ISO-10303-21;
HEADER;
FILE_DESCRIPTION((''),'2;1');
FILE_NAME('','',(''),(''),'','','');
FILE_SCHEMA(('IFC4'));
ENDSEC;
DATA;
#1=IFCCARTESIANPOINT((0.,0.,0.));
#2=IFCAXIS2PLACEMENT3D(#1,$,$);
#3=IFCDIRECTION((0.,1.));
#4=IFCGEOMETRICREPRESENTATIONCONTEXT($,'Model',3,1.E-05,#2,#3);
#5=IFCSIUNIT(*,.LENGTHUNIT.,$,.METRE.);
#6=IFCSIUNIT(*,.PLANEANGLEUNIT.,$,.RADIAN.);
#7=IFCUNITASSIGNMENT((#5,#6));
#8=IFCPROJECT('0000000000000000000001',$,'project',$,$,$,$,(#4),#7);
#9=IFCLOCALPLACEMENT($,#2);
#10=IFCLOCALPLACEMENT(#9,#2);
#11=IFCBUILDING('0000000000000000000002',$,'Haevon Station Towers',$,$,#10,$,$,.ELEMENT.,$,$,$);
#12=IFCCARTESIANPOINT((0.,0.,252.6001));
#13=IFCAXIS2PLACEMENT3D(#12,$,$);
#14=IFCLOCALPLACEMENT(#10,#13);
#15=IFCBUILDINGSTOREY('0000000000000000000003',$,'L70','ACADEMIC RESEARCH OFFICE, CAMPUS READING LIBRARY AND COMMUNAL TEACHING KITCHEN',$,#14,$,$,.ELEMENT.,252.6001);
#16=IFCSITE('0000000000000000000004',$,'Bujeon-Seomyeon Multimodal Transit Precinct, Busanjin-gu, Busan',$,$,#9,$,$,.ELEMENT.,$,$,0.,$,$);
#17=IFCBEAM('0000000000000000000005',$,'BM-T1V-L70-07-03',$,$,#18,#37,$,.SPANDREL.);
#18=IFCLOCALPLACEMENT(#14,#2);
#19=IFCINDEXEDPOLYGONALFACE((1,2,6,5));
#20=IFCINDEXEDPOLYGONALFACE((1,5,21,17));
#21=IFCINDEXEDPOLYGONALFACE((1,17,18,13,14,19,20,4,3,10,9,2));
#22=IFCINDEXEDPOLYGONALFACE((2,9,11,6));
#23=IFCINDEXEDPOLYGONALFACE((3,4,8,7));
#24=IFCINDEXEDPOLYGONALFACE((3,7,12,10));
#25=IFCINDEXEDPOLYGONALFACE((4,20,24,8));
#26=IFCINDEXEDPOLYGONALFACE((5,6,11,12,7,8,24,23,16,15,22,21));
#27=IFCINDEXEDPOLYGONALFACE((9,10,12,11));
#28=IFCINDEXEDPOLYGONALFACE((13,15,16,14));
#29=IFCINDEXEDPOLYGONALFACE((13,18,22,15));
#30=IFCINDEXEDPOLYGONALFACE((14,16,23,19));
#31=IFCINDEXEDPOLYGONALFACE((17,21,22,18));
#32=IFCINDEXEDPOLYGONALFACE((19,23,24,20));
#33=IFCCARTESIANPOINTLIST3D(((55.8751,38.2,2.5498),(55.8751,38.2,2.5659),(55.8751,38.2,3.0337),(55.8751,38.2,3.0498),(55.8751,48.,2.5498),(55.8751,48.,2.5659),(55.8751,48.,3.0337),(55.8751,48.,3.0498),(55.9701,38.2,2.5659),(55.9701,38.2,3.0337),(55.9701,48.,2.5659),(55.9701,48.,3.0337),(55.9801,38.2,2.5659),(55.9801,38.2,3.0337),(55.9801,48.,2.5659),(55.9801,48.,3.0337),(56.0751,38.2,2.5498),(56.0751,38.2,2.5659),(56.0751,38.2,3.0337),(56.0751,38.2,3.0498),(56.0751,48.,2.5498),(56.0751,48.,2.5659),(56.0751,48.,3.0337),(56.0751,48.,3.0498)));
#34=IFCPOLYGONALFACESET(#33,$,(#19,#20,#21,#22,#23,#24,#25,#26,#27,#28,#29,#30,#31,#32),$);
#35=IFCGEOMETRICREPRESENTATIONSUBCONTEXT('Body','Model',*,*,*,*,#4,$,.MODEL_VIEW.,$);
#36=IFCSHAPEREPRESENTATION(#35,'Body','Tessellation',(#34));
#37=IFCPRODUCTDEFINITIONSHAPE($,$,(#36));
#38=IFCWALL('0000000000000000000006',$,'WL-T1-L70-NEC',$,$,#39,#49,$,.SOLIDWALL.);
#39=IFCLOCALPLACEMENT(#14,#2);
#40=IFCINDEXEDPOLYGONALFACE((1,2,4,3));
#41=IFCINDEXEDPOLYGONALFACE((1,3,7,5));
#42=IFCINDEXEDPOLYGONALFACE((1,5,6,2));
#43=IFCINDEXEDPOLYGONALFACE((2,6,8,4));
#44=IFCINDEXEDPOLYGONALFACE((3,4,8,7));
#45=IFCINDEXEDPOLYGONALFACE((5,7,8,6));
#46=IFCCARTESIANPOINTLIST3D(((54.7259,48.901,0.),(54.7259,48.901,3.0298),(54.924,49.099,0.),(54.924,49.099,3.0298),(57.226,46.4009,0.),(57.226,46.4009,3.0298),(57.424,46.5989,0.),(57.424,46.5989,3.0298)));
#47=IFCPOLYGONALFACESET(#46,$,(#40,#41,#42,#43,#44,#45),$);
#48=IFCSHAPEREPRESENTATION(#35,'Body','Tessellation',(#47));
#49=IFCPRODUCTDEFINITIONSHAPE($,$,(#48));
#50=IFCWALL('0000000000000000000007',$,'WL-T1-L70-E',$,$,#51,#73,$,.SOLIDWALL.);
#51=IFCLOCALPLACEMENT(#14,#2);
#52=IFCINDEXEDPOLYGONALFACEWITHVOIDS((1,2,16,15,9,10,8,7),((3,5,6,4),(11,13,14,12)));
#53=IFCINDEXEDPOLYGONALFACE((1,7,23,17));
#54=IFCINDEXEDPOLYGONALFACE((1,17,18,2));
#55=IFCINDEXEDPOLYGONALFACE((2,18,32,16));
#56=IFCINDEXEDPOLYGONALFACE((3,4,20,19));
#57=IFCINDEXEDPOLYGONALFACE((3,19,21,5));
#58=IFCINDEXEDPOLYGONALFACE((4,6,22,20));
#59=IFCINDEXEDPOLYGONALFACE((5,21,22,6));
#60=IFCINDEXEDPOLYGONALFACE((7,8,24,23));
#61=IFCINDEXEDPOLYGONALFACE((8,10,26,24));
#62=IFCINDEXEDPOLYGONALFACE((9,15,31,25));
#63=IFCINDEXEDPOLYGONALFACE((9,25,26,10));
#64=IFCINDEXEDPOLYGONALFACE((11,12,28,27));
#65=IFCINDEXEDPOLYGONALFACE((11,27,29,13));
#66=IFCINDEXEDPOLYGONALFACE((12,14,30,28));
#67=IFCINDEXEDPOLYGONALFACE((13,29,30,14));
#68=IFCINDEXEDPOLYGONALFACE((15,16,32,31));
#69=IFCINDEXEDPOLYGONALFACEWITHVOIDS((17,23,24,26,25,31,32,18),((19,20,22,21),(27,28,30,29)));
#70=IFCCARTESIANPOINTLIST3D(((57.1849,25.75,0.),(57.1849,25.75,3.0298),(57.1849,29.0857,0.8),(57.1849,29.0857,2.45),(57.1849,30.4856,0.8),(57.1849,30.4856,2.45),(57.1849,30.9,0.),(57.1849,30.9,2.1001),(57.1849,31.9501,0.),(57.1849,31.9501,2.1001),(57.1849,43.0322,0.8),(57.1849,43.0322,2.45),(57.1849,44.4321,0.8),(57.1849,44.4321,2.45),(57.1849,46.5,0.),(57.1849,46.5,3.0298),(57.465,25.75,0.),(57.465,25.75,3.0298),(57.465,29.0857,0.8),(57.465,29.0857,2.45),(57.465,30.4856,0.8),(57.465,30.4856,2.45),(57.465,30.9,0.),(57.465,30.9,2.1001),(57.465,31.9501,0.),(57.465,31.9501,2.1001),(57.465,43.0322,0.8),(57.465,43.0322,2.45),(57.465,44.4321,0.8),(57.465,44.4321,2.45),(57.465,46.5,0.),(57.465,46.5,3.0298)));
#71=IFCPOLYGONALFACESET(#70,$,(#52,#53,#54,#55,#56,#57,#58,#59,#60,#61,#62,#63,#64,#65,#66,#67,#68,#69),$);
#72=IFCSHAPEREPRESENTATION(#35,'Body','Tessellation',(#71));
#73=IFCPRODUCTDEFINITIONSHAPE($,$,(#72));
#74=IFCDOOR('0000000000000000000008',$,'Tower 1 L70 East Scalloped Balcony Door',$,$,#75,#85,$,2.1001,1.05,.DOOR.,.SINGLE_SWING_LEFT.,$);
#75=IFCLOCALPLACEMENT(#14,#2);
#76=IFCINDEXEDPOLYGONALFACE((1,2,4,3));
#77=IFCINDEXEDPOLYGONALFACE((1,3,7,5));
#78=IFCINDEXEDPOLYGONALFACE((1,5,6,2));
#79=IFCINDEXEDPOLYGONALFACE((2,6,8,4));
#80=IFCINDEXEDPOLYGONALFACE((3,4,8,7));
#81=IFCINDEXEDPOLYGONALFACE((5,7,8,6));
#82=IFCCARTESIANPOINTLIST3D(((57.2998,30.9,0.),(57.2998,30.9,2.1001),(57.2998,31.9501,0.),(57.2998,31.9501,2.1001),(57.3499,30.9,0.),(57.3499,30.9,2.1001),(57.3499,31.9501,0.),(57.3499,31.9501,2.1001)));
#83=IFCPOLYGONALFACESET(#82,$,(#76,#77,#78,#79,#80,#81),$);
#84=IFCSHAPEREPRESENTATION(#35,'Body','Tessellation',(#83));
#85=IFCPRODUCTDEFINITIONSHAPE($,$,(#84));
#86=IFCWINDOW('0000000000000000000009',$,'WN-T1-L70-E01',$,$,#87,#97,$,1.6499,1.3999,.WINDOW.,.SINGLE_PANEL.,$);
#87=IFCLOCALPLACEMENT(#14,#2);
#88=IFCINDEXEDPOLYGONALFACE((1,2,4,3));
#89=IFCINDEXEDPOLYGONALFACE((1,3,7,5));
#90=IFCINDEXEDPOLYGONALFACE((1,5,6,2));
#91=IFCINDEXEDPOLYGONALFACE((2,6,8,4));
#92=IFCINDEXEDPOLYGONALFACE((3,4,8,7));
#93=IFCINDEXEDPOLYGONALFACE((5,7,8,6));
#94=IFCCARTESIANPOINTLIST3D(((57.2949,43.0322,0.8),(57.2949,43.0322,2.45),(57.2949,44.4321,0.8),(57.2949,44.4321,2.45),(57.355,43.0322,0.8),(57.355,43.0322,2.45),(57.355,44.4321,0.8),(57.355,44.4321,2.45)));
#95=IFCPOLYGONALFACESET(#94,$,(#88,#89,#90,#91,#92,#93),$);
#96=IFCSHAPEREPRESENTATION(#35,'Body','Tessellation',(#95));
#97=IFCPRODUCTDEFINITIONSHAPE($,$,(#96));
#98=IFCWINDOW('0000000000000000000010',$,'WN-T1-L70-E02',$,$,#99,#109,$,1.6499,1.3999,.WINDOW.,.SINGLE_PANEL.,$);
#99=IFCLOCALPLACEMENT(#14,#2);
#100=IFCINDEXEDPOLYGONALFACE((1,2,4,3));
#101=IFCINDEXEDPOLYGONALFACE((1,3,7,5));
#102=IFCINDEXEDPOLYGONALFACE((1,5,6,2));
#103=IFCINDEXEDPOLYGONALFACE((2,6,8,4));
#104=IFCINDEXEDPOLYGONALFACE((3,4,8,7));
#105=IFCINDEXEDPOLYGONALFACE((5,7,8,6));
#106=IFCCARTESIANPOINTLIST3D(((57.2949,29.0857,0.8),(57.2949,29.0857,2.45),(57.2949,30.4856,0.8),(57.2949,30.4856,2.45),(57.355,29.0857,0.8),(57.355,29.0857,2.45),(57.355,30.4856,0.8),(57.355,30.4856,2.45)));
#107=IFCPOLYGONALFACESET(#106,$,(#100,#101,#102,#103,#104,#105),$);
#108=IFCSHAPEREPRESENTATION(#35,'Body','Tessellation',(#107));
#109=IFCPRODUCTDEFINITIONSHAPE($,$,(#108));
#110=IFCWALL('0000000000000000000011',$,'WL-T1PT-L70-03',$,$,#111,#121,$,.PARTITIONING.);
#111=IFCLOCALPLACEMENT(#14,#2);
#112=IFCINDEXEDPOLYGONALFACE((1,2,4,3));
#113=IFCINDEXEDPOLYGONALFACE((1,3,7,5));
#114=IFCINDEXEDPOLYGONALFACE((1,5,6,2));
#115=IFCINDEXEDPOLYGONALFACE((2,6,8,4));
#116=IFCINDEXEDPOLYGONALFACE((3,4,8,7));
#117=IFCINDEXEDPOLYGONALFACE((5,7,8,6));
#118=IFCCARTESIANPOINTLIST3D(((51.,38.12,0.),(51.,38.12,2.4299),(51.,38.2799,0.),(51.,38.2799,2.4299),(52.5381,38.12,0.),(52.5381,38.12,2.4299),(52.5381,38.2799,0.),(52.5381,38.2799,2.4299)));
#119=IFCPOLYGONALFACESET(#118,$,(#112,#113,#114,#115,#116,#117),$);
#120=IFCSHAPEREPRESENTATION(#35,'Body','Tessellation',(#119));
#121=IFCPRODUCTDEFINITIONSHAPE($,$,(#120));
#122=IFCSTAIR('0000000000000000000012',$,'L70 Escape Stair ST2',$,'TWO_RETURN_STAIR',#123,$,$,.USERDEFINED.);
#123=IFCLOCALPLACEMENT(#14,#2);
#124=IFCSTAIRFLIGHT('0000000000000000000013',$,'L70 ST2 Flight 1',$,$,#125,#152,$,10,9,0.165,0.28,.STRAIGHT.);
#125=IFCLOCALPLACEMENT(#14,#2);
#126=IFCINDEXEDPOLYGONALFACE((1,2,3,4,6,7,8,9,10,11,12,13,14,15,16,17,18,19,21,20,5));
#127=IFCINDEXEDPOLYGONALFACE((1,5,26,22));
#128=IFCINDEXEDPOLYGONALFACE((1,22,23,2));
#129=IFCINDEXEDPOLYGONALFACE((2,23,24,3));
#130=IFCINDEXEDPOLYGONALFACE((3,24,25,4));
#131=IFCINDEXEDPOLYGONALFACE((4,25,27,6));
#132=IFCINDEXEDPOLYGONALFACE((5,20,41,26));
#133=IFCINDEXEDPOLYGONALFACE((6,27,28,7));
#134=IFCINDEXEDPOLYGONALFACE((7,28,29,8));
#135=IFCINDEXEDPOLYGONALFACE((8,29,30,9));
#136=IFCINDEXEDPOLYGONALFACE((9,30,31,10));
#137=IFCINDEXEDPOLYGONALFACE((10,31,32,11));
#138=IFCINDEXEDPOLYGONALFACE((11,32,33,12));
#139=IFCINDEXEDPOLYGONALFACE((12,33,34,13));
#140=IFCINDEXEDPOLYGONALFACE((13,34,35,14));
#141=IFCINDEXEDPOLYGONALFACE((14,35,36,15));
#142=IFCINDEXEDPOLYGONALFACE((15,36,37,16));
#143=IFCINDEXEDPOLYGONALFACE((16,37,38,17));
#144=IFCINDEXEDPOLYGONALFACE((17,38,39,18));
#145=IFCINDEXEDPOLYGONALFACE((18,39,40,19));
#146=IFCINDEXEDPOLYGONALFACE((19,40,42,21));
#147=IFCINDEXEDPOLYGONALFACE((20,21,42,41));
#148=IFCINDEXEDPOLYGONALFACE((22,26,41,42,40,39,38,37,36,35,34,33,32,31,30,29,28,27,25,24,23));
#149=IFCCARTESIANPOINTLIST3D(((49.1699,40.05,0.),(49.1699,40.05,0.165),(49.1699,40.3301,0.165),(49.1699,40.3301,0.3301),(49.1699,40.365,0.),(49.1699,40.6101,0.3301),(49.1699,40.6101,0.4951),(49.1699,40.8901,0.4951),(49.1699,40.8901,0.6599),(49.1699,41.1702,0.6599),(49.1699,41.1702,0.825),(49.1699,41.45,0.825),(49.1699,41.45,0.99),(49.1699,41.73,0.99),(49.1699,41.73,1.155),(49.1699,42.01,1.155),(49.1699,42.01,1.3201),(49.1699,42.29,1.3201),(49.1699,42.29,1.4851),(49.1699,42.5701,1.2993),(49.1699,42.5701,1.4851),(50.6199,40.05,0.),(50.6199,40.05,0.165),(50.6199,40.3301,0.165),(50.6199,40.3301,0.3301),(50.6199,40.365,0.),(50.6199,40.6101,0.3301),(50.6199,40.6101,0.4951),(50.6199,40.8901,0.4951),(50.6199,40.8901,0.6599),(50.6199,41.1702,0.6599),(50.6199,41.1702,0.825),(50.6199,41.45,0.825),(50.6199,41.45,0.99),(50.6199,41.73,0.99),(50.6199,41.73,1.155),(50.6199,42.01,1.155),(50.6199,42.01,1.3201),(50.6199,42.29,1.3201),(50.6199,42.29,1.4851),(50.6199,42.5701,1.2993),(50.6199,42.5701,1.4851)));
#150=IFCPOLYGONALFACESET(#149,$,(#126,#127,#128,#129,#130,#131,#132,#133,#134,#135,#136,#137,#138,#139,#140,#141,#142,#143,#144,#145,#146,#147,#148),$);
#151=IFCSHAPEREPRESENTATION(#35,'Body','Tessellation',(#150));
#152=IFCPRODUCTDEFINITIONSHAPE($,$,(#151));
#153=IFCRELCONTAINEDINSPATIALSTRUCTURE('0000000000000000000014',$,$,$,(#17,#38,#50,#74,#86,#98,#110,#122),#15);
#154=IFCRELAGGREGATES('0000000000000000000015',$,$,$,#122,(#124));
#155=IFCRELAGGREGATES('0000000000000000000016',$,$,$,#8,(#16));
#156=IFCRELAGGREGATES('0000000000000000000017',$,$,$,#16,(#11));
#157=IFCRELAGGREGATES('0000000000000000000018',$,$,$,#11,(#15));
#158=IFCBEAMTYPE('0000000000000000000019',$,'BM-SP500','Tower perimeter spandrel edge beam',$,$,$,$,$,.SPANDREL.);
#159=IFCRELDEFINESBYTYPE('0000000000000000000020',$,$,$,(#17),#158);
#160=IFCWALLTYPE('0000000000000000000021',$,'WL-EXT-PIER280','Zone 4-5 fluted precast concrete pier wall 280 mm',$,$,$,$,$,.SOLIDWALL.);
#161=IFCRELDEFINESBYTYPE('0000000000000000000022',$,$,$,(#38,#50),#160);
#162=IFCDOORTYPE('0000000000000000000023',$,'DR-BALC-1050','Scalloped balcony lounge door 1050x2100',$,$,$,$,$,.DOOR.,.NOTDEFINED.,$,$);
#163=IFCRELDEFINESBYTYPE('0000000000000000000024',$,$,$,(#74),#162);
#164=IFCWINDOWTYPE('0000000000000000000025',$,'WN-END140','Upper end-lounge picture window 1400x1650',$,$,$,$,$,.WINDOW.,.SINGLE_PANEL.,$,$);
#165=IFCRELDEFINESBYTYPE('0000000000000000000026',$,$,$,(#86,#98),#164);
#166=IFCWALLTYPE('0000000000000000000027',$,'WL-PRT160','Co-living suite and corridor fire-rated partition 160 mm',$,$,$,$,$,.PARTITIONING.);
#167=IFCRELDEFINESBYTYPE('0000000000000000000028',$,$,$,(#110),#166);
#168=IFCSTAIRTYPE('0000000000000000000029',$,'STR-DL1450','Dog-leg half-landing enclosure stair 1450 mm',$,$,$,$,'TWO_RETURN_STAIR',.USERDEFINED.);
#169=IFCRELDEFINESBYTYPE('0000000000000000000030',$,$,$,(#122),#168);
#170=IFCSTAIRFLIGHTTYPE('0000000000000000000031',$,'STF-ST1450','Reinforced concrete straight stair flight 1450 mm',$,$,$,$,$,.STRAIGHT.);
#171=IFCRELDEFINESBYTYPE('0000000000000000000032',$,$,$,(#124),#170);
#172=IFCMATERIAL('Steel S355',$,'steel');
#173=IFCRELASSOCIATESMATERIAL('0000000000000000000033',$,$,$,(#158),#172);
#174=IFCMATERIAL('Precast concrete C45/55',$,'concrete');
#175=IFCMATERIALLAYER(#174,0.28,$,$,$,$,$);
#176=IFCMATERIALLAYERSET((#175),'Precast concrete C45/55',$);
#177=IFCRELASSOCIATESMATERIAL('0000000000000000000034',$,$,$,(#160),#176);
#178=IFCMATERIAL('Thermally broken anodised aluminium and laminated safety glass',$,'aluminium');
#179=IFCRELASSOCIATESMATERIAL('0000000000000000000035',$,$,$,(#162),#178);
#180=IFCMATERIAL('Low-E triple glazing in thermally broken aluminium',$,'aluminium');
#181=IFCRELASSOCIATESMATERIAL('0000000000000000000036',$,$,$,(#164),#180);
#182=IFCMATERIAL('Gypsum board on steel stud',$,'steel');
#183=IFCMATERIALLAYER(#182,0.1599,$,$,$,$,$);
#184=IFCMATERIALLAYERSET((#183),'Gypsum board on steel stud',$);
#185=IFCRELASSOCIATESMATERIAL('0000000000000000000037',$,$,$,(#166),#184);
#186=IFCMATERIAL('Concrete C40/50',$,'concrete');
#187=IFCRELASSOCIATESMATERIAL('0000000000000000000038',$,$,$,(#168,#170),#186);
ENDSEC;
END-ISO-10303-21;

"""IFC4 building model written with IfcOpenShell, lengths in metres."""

from ifc_helpers import new_model, si_unit, direction, frame, frame_2d, origin, origin_2d, place, context, subcontext, project, spatial, polyline, rectangle, i_section, outline, extrude, material, layer, layer_set, material_profile, profile_set, type_object, element, fill, aggregate, save


model = new_model("IFC4")

# Units and contexts
model_context = context("Model", 3, precision=1e-05, world=origin(), true_north=direction((0.0, 1.0)))
body_context = subcontext(model_context, "Body", "Model", "MODEL_VIEW")
ifc_project = project(units=[si_unit("LENGTHUNIT", "METRE"), si_unit("PLANEANGLEUNIT", "RADIAN")], contexts=[model_context])

# Site, building, storey
site_placement = place(None, origin())
site = spatial("IfcSite", under=ifc_project, at=site_placement, Name="Bujeon-Seomyeon Multimodal Transit Precinct, Busanjin-gu, Busan", CompositionType="ELEMENT", RefElevation=0.0)
building_placement = place(site_placement, origin())
building = spatial("IfcBuilding", under=site, at=building_placement, Name="Haevon Station Towers", CompositionType="ELEMENT")
storey_placement = place(building_placement, frame((0.0, 0.0, 252.6001)))
storey = spatial("IfcBuildingStorey", under=building, at=storey_placement, Name="L70", Description="ACADEMIC RESEARCH OFFICE, CAMPUS READING LIBRARY AND COMMUNAL TEACHING KITCHEN", CompositionType="ELEMENT", Elevation=252.6001)

# Shared definitions
ifc_material_1 = material(Name="Steel S355", Category="steel")

# Beam
ifc_material_profile_1 = material_profile(ifc_material_1, i_section(OverallWidth=0.2, OverallDepth=0.5, WebThickness=0.01, FlangeThickness=0.0161, at=origin_2d()), Name="H-500x200x10x16")
ifc_profile_set_1 = profile_set([ifc_material_profile_1], Name="Steel S355")
beam_type_1 = type_object("IfcBeamType", Name="BM-SP500", Description="Tower perimeter spandrel edge beam", PredefinedType="SPANDREL", material=ifc_profile_set_1)
beam_1_placement = place(storey_placement, frame((55.9751, 38.2, 2.7998), z_axis=(0.0, 1.0, 0.0), x_axis=(-1.0, 0.0, 0.0)))
element("IfcBeam", 1, at=beam_1_placement, inside=storey, type_object=beam_type_1, Name="BM-T1V-L70-07-03", PredefinedType="SPANDREL", context=body_context, shape_type="SweptSolid", body=[
    extrude(i_section(OverallWidth=0.2, OverallDepth=0.5, WebThickness=0.01, FlangeThickness=0.0161, at=origin_2d()), origin(), (0.0, 0.0, 1.0), 9.8),
])

# Wall
ifc_material_2 = material(Name="Precast concrete C45/55", Category="concrete")
ifc_layer_1 = layer(ifc_material_2, 0.28)
ifc_layer_set_1 = layer_set([ifc_layer_1], Name="Precast concrete C45/55")
wall_type_1 = type_object("IfcWallType", Name="WL-EXT-PIER280", Description="Zone 4-5 fluted precast concrete pier wall 280 mm", PredefinedType="SOLIDWALL", material=ifc_layer_set_1)
wall_1_placement = place(storey_placement, frame((54.825, 49.0, 0.0), z_axis=(0.0, 0.0, 1.0), x_axis=(0.707107, -0.707107, 0.0)))
element("IfcWall", 2, at=wall_1_placement, inside=storey, type_object=wall_type_1, Name="WL-T1-L70-NEC", PredefinedType="SOLIDWALL", context=body_context, shape_type="SweptSolid", body=[
    extrude(rectangle(XDim=3.5356, YDim=0.28, at=frame_2d((1.7678, 0.0))), origin(), (0.0, 0.0, 1.0), 3.0298),
])

# Wall, openings, door, windows
wall_2_placement = place(storey_placement, frame((57.325, 46.5, 0.0), z_axis=(0.0, 0.0, 1.0), x_axis=(0.0, -1.0, 0.0)))
wall_2 = element("IfcWall", 3, at=wall_2_placement, inside=storey, type_object=wall_type_1, Name="WL-T1-L70-E", PredefinedType="SOLIDWALL", context=body_context, shape_type="SweptSolid", body=[
    extrude(rectangle(XDim=20.75, YDim=0.28, at=frame_2d((10.375, 0.0))), origin(), (0.0, 0.0, 1.0), 3.0298),
])
opening_1_placement = place(wall_2_placement, frame((14.55, 0.0, 0.0)))
opening_1 = element("IfcOpeningElement", 4, at=opening_1_placement, cuts=wall_2, PredefinedType="OPENING", context=body_context, shape_type="SweptSolid", body=[
    extrude(rectangle(XDim=1.05, YDim=2.1001, at=frame_2d((0.5249, 1.05))), frame((0.0, 0.1499, 0.0), z_axis=(0.0, -1.0, 0.0), x_axis=(1.0, 0.0, 0.0)), (0.0, 0.0, 1.0), 0.3),
])
opening_2_placement = place(wall_2_placement, frame((2.0679, 0.0, 0.8)))
opening_2 = element("IfcOpeningElement", 5, at=opening_2_placement, cuts=wall_2, PredefinedType="OPENING", context=body_context, shape_type="SweptSolid", body=[
    extrude(rectangle(XDim=1.3999, YDim=1.6499, at=frame_2d((0.7, 0.825))), frame((0.0, 0.1499, 0.0), z_axis=(0.0, -1.0, 0.0), x_axis=(1.0, 0.0, 0.0)), (0.0, 0.0, 1.0), 0.3),
])
opening_3_placement = place(wall_2_placement, frame((16.0144, 0.0, 0.8)))
opening_3 = element("IfcOpeningElement", 6, at=opening_3_placement, cuts=wall_2, PredefinedType="OPENING", context=body_context, shape_type="SweptSolid", body=[
    extrude(rectangle(XDim=1.3999, YDim=1.6499, at=frame_2d((0.7, 0.825))), frame((0.0, 0.1499, 0.0), z_axis=(0.0, -1.0, 0.0), x_axis=(1.0, 0.0, 0.0)), (0.0, 0.0, 1.0), 0.3),
])
ifc_material_3 = material(Name="Thermally broken anodised aluminium and laminated safety glass", Category="aluminium")
door_type = type_object("IfcDoorType", Name="DR-BALC-1050", Description="Scalloped balcony lounge door 1050x2100", OperationType="NOTDEFINED", PredefinedType="DOOR", material=ifc_material_3)
door_placement = place(opening_1_placement, origin())
door = element("IfcDoor", 7, at=door_placement, inside=storey, type_object=door_type, Name="Tower 1 L70 East Scalloped Balcony Door", OperationType="SINGLE_SWING_LEFT", OverallHeight=2.1001, OverallWidth=1.05, PredefinedType="DOOR", context=body_context, shape_type="SweptSolid", body=[
    extrude(rectangle(XDim=1.05, YDim=2.1001, at=frame_2d((0.5249, 1.05))), frame((0.0, 0.0249, 0.0), z_axis=(0.0, -1.0, 0.0), x_axis=(1.0, 0.0, 0.0)), (0.0, 0.0, 1.0), 0.05),
])
fill(opening_1, door)
ifc_material_4 = material(Name="Low-E triple glazing in thermally broken aluminium", Category="aluminium")
window_type = type_object("IfcWindowType", Name="WN-END140", Description="Upper end-lounge picture window 1400x1650", PartitioningType="SINGLE_PANEL", PredefinedType="WINDOW", material=ifc_material_4)
window_1_placement = place(opening_2_placement, origin())
window_1 = element("IfcWindow", 8, at=window_1_placement, inside=storey, type_object=window_type, Name="WN-T1-L70-E01", OverallHeight=1.6499, OverallWidth=1.3999, PartitioningType="SINGLE_PANEL", PredefinedType="WINDOW", context=body_context, shape_type="SweptSolid", body=[
    extrude(rectangle(XDim=1.3999, YDim=1.6499, at=frame_2d((0.7, 0.825))), frame((0.0, 0.03, 0.0), z_axis=(0.0, -1.0, 0.0), x_axis=(1.0, 0.0, 0.0)), (0.0, 0.0, 1.0), 0.0601),
])
fill(opening_2, window_1)
window_2_placement = place(opening_3_placement, origin())
window_2 = element("IfcWindow", 9, at=window_2_placement, inside=storey, type_object=window_type, Name="WN-T1-L70-E02", OverallHeight=1.6499, OverallWidth=1.3999, PartitioningType="SINGLE_PANEL", PredefinedType="WINDOW", context=body_context, shape_type="SweptSolid", body=[
    extrude(rectangle(XDim=1.3999, YDim=1.6499, at=frame_2d((0.7, 0.825))), frame((0.0, 0.03, 0.0), z_axis=(0.0, -1.0, 0.0), x_axis=(1.0, 0.0, 0.0)), (0.0, 0.0, 1.0), 0.0601),
])
fill(opening_3, window_2)

# Wall
ifc_material_5 = material(Name="Gypsum board on steel stud", Category="steel")
ifc_layer_2 = layer(ifc_material_5, 0.1599)
ifc_layer_set_2 = layer_set([ifc_layer_2], Name="Gypsum board on steel stud")
wall_type_2 = type_object("IfcWallType", Name="WL-PRT160", Description="Co-living suite and corridor fire-rated partition 160 mm", PredefinedType="PARTITIONING", material=ifc_layer_set_2)
wall_3_placement = place(storey_placement, frame((51.0, 38.2, 0.0), z_axis=(0.0, 0.0, 1.0), x_axis=(1.0, 0.0, 0.0)))
element("IfcWall", 10, at=wall_3_placement, inside=storey, type_object=wall_type_2, Name="WL-T1PT-L70-03", PredefinedType="PARTITIONING", context=body_context, shape_type="SweptSolid", body=[
    extrude(rectangle(XDim=1.5381, YDim=0.1599, at=frame_2d((0.769, 0.0))), origin(), (0.0, 0.0, 1.0), 2.4299),
])

# Stair, stair flight
ifc_material_6 = material(Name="Concrete C40/50", Category="concrete")
stair_type = type_object("IfcStairType", Name="STR-DL1450", Description="Dog-leg half-landing enclosure stair 1450 mm", ElementType="TWO_RETURN_STAIR", PredefinedType="USERDEFINED", material=ifc_material_6)
stair_placement = place(storey_placement, origin())
stair = element("IfcStair", 11, at=stair_placement, inside=storey, type_object=stair_type, Name="L70 Escape Stair ST2", ObjectType="TWO_RETURN_STAIR", PredefinedType="USERDEFINED")
stair_flight_type = type_object("IfcStairFlightType", Name="STF-ST1450", Description="Reinforced concrete straight stair flight 1450 mm", PredefinedType="STRAIGHT", material=ifc_material_6)
stair_flight_1_placement = place(storey_placement, frame((49.895, 40.05, 0.0), z_axis=(0.0, 0.0, 1.0), x_axis=(0.0, 1.0, 0.0)))
stair_flight_1 = element("IfcStairFlight", 12, at=stair_flight_1_placement, type_object=stair_flight_type, Name="L70 ST2 Flight 1", NumberOfRisers=10, NumberOfTreads=9, PredefinedType="STRAIGHT", RiserHeight=0.165, TreadLength=0.28, context=body_context, shape_type="SweptSolid", body=[
    extrude(outline(polyline([(0.0, 0.0), (0.0, 0.165), (0.28, 0.165), (0.28, 0.3301), (0.5601, 0.3301), (0.5601, 0.4951), (0.8401, 0.4951), (0.8401, 0.6599), (1.1201, 0.6599), (1.1201, 0.825), (1.3999, 0.825), (1.3999, 0.99), (1.6799, 0.99), (1.6799, 1.155), (1.96, 1.155), (1.96, 1.3201), (2.24, 1.3201), (2.24, 1.4851), (2.52, 1.4851), (2.52, 1.6499), (2.52, 1.2993), (0.3149, 0.0), (0.0, 0.0)])), frame((0.0, 0.7251, 0.0), z_axis=(0.0, -1.0, 0.0), x_axis=(1.0, 0.0, 0.0)), (0.0, 0.0, 1.0), 1.45),
])
aggregate(stair, [stair_flight_1])

save(model, "model.ifc")
